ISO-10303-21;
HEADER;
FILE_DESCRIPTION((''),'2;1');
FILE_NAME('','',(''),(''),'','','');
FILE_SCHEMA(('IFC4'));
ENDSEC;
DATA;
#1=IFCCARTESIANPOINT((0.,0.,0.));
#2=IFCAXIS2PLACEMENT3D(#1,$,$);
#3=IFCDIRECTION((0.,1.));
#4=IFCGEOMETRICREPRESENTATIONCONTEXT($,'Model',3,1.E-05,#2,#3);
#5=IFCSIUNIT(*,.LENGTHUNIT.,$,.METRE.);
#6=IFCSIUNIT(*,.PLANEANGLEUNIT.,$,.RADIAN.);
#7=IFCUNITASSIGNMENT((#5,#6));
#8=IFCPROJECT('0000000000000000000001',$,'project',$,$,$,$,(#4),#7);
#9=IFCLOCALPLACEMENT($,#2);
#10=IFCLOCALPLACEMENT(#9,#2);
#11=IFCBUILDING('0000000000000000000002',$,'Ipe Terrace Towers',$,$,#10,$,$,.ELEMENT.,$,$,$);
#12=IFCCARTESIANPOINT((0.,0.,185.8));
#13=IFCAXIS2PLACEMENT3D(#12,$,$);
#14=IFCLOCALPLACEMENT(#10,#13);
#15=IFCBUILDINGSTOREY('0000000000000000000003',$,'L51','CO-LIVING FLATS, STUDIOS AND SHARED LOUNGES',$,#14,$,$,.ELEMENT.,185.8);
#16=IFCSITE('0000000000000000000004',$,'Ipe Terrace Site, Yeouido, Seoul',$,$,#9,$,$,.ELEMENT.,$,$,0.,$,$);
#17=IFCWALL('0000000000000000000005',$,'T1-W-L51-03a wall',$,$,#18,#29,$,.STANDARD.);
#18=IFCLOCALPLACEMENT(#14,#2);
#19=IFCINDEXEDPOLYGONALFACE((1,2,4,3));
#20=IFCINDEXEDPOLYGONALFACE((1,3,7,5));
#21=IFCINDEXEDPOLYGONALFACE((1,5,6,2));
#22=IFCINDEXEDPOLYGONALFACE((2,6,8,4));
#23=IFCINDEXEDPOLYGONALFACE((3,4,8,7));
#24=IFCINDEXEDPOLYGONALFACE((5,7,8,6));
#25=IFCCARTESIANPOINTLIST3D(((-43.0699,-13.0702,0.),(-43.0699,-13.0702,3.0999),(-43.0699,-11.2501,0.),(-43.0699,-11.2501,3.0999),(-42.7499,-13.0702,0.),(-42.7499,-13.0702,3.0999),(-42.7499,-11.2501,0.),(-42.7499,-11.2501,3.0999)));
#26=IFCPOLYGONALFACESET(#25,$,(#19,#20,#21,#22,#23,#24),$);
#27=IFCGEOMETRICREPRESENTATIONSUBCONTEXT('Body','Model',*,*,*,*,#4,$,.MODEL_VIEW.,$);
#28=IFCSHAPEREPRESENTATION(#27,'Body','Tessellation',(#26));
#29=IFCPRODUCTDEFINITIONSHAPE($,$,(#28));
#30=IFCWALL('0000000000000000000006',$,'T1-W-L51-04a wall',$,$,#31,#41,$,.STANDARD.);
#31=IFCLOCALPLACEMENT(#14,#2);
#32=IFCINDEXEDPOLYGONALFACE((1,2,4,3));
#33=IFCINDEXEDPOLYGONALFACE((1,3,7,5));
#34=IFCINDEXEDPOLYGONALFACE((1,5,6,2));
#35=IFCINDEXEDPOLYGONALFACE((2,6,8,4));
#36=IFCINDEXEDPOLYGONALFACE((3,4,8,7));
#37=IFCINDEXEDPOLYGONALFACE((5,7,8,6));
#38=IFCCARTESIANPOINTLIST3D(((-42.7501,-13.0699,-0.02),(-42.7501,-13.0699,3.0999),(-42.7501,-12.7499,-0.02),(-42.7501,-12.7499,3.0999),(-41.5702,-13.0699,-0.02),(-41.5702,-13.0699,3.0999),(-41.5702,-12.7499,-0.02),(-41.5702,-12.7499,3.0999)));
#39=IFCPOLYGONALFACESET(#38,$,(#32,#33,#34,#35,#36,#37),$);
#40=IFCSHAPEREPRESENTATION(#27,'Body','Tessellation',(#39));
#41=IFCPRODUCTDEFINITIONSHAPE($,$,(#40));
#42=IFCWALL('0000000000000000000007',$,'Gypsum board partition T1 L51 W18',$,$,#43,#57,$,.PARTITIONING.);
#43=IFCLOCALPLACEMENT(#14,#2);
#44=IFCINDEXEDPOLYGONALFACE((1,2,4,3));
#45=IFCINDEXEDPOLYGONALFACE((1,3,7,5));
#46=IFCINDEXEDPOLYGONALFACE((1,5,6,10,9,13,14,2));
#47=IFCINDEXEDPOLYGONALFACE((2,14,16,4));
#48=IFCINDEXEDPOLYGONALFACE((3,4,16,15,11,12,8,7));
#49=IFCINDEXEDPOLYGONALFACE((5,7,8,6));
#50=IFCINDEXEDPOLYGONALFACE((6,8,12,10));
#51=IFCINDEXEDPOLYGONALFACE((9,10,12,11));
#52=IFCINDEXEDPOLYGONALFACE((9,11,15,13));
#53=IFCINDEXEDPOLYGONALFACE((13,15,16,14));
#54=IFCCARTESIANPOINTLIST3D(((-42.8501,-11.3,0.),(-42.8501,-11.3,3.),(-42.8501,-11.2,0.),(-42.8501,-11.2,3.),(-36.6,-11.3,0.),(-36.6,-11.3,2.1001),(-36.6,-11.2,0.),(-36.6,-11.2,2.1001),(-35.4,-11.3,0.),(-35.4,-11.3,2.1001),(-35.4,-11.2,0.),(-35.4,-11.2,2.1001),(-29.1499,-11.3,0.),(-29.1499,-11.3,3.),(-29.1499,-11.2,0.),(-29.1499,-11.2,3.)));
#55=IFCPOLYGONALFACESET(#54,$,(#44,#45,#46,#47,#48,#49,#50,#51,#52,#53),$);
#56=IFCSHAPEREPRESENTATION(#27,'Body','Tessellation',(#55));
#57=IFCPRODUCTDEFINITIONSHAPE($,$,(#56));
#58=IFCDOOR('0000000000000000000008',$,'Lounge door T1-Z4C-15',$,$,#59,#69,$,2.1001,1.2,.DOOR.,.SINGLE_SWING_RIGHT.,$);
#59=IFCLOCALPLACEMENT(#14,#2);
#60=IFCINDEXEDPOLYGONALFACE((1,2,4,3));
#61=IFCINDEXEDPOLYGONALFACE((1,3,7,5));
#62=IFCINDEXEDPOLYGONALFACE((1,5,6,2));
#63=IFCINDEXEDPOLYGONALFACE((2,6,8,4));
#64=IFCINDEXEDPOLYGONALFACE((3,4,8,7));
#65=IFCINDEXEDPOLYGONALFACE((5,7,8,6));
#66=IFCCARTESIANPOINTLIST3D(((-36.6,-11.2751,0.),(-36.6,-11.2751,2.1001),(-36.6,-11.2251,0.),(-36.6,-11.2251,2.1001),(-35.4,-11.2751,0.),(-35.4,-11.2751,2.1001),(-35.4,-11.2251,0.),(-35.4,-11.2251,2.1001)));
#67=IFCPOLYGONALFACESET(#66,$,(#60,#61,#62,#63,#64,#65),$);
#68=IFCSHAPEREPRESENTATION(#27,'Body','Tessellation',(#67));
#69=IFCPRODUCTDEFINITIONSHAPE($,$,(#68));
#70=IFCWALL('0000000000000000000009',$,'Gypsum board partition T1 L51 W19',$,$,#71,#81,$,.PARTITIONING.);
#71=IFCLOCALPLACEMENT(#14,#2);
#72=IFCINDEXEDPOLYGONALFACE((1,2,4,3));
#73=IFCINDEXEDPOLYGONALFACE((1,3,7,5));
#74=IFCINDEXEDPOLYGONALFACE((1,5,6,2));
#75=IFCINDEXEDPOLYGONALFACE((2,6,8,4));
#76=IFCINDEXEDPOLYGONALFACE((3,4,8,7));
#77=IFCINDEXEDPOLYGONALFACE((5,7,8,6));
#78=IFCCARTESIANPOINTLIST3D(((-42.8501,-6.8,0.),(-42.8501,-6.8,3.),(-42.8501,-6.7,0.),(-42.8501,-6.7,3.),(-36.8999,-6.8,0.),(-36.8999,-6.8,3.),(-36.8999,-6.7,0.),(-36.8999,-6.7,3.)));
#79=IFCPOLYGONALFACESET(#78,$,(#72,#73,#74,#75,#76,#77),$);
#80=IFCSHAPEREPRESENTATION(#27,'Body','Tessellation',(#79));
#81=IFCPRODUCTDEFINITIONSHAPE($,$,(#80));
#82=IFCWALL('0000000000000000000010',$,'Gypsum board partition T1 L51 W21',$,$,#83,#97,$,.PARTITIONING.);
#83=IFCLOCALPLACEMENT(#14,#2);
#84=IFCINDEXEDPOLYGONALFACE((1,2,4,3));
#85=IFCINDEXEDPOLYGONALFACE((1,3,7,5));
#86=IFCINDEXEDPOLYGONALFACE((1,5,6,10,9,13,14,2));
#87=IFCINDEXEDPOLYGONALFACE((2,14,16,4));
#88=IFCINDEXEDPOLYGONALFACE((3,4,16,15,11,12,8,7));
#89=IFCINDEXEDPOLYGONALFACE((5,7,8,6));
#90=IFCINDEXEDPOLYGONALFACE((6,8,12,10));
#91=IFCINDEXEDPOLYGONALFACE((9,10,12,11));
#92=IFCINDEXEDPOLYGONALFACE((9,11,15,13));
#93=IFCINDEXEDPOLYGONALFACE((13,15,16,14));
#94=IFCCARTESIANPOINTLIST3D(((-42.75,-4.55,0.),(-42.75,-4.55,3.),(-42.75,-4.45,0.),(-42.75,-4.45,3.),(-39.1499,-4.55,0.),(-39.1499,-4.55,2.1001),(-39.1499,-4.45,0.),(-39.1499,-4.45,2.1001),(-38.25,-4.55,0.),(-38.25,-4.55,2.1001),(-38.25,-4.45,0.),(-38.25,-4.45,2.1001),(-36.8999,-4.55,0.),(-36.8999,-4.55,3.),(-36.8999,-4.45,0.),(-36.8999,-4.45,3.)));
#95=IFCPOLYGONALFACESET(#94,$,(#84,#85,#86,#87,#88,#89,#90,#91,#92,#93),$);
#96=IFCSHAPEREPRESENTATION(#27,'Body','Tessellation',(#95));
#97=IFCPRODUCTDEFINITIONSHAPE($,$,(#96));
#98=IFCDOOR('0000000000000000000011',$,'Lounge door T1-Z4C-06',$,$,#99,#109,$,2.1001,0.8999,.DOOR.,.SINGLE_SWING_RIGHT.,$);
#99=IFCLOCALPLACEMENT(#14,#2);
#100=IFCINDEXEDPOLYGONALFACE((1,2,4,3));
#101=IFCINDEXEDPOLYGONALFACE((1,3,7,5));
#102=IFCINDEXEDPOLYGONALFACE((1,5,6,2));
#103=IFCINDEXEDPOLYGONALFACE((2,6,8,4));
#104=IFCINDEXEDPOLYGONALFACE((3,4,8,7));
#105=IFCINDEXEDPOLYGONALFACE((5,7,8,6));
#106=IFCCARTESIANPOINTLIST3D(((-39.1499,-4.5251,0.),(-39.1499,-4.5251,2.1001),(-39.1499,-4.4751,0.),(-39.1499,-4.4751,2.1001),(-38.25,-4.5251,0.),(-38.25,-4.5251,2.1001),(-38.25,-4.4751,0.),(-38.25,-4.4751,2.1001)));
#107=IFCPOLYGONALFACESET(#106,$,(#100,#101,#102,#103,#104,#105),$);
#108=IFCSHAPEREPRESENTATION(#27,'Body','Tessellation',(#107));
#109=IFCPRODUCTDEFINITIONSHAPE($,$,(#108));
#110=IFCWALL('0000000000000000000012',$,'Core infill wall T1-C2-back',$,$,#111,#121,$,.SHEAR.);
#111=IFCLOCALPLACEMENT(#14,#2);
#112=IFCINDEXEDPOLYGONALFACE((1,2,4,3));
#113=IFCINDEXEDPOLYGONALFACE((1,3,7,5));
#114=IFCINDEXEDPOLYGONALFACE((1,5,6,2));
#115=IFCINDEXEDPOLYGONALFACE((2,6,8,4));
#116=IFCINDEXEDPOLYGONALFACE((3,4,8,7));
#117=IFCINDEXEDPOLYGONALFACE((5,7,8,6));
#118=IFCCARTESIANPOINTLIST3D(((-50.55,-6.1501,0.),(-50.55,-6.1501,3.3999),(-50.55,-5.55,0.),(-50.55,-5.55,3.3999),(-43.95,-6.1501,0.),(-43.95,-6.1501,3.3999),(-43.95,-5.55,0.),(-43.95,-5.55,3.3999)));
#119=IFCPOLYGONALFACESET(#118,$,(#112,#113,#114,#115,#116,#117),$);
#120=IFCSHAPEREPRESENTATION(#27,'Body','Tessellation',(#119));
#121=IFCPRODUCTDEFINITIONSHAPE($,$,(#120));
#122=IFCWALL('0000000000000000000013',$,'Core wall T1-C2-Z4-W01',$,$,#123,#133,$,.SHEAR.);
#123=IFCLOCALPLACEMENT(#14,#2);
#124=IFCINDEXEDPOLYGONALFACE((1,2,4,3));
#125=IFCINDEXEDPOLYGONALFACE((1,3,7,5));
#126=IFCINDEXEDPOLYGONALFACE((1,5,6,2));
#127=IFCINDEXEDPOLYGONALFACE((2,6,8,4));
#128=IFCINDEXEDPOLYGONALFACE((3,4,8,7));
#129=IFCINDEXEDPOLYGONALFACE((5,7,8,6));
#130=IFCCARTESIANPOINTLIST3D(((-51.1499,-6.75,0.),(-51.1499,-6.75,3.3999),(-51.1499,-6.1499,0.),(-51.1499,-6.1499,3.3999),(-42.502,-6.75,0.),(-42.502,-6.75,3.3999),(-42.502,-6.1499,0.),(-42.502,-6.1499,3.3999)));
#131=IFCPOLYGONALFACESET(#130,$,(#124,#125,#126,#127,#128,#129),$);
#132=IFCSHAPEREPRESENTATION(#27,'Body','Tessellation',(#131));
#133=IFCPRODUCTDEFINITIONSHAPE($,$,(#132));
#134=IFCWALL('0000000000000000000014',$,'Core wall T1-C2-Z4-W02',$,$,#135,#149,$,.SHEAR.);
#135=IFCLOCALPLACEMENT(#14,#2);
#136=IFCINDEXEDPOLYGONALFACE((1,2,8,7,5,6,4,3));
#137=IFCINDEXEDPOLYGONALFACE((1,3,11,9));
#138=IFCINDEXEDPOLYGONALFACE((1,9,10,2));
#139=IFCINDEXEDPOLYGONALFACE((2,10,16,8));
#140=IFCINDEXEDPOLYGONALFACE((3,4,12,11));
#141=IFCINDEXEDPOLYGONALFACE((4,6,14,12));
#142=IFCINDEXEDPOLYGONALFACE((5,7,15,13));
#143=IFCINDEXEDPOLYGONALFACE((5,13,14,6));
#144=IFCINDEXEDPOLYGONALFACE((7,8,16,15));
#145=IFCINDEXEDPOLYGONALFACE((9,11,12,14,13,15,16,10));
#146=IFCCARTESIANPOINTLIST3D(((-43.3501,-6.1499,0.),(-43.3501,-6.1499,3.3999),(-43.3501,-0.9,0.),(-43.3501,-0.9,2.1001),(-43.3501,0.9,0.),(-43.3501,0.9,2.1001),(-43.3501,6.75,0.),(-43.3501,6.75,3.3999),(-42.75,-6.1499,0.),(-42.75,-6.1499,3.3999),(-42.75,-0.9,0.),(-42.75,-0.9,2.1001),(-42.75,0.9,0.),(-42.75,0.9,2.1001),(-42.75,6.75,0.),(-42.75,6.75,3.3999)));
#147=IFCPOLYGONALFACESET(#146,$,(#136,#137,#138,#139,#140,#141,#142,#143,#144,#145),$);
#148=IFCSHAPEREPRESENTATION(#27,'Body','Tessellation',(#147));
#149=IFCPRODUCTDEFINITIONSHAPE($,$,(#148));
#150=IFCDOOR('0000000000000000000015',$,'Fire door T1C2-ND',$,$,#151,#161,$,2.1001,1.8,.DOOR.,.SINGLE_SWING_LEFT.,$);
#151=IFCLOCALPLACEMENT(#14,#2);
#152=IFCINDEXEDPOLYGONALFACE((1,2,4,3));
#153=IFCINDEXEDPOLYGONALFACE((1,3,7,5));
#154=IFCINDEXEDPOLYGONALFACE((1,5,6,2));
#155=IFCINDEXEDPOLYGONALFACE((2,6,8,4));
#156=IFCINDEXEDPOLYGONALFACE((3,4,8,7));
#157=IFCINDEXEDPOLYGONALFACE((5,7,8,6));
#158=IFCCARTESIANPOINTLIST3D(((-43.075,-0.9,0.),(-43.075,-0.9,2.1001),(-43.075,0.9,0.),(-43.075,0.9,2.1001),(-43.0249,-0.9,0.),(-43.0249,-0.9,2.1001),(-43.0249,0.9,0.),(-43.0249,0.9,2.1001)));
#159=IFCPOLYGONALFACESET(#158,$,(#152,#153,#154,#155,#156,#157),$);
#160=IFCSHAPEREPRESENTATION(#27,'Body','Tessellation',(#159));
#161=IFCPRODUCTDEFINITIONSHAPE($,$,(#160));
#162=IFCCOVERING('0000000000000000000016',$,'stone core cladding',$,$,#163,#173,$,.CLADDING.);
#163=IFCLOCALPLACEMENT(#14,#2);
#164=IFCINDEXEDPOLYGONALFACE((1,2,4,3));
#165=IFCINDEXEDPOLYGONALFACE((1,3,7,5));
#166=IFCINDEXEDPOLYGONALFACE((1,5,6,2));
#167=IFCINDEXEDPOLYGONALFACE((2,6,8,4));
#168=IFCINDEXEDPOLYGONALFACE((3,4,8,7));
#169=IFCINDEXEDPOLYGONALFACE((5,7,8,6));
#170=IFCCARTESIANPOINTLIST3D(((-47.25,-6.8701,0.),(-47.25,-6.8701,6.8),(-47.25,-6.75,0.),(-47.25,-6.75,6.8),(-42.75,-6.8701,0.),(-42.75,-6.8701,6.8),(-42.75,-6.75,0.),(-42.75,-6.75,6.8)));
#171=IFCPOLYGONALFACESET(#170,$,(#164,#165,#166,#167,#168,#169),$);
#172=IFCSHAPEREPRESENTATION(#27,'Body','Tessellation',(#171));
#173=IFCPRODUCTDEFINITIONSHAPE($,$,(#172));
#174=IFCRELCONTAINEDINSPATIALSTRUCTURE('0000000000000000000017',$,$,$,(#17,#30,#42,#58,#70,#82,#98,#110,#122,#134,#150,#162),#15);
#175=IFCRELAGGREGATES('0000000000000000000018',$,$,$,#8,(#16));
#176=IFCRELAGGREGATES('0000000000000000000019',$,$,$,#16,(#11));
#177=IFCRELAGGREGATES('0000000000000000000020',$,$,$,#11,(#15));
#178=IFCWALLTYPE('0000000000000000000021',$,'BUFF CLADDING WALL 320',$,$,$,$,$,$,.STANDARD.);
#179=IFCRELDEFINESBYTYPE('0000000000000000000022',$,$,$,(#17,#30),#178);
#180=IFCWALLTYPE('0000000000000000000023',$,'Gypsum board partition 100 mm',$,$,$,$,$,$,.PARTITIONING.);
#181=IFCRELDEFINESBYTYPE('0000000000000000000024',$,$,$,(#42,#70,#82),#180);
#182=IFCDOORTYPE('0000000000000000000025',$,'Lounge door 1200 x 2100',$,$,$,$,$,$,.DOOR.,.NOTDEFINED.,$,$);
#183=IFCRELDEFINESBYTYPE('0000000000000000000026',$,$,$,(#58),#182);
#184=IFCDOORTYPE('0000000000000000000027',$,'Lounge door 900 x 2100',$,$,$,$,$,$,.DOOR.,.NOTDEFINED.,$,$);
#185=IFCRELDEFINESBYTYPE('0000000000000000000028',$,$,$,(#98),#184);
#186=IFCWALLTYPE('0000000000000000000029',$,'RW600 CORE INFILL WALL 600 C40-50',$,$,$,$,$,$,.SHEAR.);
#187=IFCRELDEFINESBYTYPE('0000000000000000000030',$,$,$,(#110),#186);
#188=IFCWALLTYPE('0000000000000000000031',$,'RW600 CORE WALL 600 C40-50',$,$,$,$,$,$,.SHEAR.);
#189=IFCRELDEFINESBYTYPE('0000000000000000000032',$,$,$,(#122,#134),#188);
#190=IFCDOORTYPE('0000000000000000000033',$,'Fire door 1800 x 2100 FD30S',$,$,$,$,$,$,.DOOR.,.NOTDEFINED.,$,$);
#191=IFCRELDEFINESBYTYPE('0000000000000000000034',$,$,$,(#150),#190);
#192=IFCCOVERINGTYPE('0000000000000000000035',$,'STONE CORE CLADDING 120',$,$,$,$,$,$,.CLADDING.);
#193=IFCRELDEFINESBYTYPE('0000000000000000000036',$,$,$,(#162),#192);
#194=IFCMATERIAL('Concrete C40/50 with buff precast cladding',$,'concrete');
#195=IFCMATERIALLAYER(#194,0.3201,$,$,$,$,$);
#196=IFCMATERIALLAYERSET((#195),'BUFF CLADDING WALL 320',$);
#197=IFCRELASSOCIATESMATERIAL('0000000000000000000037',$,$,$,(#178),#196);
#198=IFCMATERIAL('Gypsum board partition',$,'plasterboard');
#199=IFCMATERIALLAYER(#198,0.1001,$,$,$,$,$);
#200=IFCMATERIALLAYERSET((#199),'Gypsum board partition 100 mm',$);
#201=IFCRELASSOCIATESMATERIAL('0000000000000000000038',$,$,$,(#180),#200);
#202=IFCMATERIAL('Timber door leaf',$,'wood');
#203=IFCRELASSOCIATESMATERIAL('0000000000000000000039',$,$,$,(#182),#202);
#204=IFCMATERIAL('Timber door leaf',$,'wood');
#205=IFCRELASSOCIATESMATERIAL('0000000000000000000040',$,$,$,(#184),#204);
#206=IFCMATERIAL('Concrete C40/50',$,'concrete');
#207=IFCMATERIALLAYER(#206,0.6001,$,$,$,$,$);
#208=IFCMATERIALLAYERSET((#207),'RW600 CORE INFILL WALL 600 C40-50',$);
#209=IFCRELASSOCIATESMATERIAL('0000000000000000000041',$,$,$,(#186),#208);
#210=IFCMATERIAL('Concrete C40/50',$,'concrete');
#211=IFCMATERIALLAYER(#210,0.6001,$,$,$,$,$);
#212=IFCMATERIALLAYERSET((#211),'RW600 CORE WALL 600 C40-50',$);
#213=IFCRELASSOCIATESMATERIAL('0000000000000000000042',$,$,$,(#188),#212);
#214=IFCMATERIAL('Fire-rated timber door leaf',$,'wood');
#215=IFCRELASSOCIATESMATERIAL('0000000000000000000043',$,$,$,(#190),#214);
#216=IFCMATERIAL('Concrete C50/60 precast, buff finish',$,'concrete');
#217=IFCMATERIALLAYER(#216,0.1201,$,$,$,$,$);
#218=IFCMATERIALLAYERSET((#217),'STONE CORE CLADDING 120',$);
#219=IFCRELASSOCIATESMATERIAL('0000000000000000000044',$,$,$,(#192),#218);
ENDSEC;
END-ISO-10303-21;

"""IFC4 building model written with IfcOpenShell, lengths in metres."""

from ifc_helpers import new_model, si_unit, direction, frame, frame_2d, origin, origin_2d, place, context, subcontext, project, spatial, rectangle, extrude, material, layer, layer_set, type_object, element, fill, save


model = new_model("IFC4")

# Units and contexts
model_context = context("Model", 3, precision=1e-05, world=origin(), true_north=direction((0.0, 1.0)))
body_context = subcontext(model_context, "Body", "Model", "MODEL_VIEW")
ifc_project = project(units=[si_unit("LENGTHUNIT", "METRE"), si_unit("PLANEANGLEUNIT", "RADIAN")], contexts=[model_context])

# Site, building, storey
site_placement = place(None, origin())
site = spatial("IfcSite", under=ifc_project, at=site_placement, Name="Ipe Terrace Site, Yeouido, Seoul", CompositionType="ELEMENT", RefElevation=0.0)
building_placement = place(site_placement, origin())
building = spatial("IfcBuilding", under=site, at=building_placement, Name="Ipe Terrace Towers", CompositionType="ELEMENT")
storey_placement = place(building_placement, frame((0.0, 0.0, 185.8)))
storey = spatial("IfcBuildingStorey", under=building, at=storey_placement, Name="L51", Description="CO-LIVING FLATS, STUDIOS AND SHARED LOUNGES", CompositionType="ELEMENT", Elevation=185.8)

# Walls
ifc_material_1 = material(Name="Concrete C40/50 with buff precast cladding", Category="concrete")
ifc_layer_1 = layer(ifc_material_1, 0.3201)
ifc_layer_set_1 = layer_set([ifc_layer_1], Name="BUFF CLADDING WALL 320")
wall_type_1 = type_object("IfcWallType", Name="BUFF CLADDING WALL 320", PredefinedType="STANDARD", material=ifc_layer_set_1)
wall_1_placement = place(storey_placement, frame((-42.9099, -11.25, 0.0), z_axis=(0.0, 0.0, 1.0), x_axis=(0.0, -1.0, 0.0)))
element("IfcWall", 1, at=wall_1_placement, inside=storey, type_object=wall_type_1, Name="T1-W-L51-03a wall", PredefinedType="STANDARD", context=body_context, shape_type="SweptSolid", body=[
    extrude(rectangle(XDim=1.8201, YDim=0.3201, at=frame_2d((0.9102, 0.0))), origin(), (0.0, 0.0, 1.0), 3.0999),
])
wall_2_placement = place(storey_placement, frame((-42.75, -12.9099, -0.02), z_axis=(0.0, 0.0, 1.0), x_axis=(1.0, 0.0, 0.0)))
element("IfcWall", 2, at=wall_2_placement, inside=storey, type_object=wall_type_1, Name="T1-W-L51-04a wall", PredefinedType="STANDARD", context=body_context, shape_type="SweptSolid", body=[
    extrude(rectangle(XDim=1.1799, YDim=0.3201, at=frame_2d((0.5898, 0.0))), origin(), (0.0, 0.0, 1.0), 3.1199),
])

# Wall, opening, door
ifc_material_2 = material(Name="Gypsum board partition", Category="plasterboard")
ifc_layer_2 = layer(ifc_material_2, 0.1001)
ifc_layer_set_2 = layer_set([ifc_layer_2], Name="Gypsum board partition 100 mm")
wall_type_2 = type_object("IfcWallType", Name="Gypsum board partition 100 mm", PredefinedType="PARTITIONING", material=ifc_layer_set_2)
wall_3_placement = place(storey_placement, frame((-42.8501, -11.25, 0.0), z_axis=(0.0, 0.0, 1.0), x_axis=(1.0, 0.0, 0.0)))
wall_3 = element("IfcWall", 3, at=wall_3_placement, inside=storey, type_object=wall_type_2, Name="Gypsum board partition T1 L51 W18", PredefinedType="PARTITIONING", context=body_context, shape_type="SweptSolid", body=[
    extrude(rectangle(XDim=13.7002, YDim=0.1001, at=frame_2d((6.8501, 0.0))), origin(), (0.0, 0.0, 1.0), 3.0),
])
opening_1_placement = place(wall_3_placement, frame((6.25, 0.0, 0.0)))
opening_1 = element("IfcOpeningElement", 4, at=opening_1_placement, cuts=wall_3, PredefinedType="OPENING", context=body_context, shape_type="SweptSolid", body=[
    extrude(rectangle(XDim=1.2, YDim=2.1001, at=frame_2d((0.6001, 1.05))), frame((0.0, 0.0601, 0.0), z_axis=(0.0, -1.0, 0.0), x_axis=(1.0, 0.0, 0.0)), (0.0, 0.0, 1.0), 0.1201),
])
ifc_material_3 = material(Name="Timber door leaf", Category="wood")
door_type_1 = type_object("IfcDoorType", Name="Lounge door 1200 x 2100", OperationType="NOTDEFINED", PredefinedType="DOOR", material=ifc_material_3)
door_1_placement = place(opening_1_placement, origin())
door_1 = element("IfcDoor", 5, at=door_1_placement, inside=storey, type_object=door_type_1, Name="Lounge door T1-Z4C-15", OperationType="SINGLE_SWING_RIGHT", OverallHeight=2.1001, OverallWidth=1.2, PredefinedType="DOOR", context=body_context, shape_type="SweptSolid", body=[
    extrude(rectangle(XDim=1.2, YDim=2.1001, at=frame_2d((0.6001, 1.05))), frame((0.0, 0.0249, 0.0), z_axis=(0.0, -1.0, 0.0), x_axis=(1.0, 0.0, 0.0)), (0.0, 0.0, 1.0), 0.05),
])
fill(opening_1, door_1)

# Wall
wall_4_placement = place(storey_placement, frame((-42.8501, -6.75, 0.0), z_axis=(0.0, 0.0, 1.0), x_axis=(1.0, 0.0, 0.0)))
element("IfcWall", 6, at=wall_4_placement, inside=storey, type_object=wall_type_2, Name="Gypsum board partition T1 L51 W19", PredefinedType="PARTITIONING", context=body_context, shape_type="SweptSolid", body=[
    extrude(rectangle(XDim=5.9502, YDim=0.1001, at=frame_2d((2.9751, 0.0))), origin(), (0.0, 0.0, 1.0), 3.0),
])

# Wall, opening, door
wall_5_placement = place(storey_placement, frame((-42.75, -4.5, 0.0), z_axis=(0.0, 0.0, 1.0), x_axis=(1.0, 0.0, 0.0)))
wall_5 = element("IfcWall", 7, at=wall_5_placement, inside=storey, type_object=wall_type_2, Name="Gypsum board partition T1 L51 W21", PredefinedType="PARTITIONING", context=body_context, shape_type="SweptSolid", body=[
    extrude(rectangle(XDim=5.8501, YDim=0.1001, at=frame_2d((2.925, 0.0))), origin(), (0.0, 0.0, 1.0), 3.0),
])
opening_2_placement = place(wall_5_placement, frame((3.6001, 0.0, 0.0)))
opening_2 = element("IfcOpeningElement", 8, at=opening_2_placement, cuts=wall_5, PredefinedType="OPENING", context=body_context, shape_type="SweptSolid", body=[
    extrude(rectangle(XDim=0.8999, YDim=2.1001, at=frame_2d((0.45, 1.05))), frame((0.0, 0.0601, 0.0), z_axis=(0.0, -1.0, 0.0), x_axis=(1.0, 0.0, 0.0)), (0.0, 0.0, 1.0), 0.1201),
])
ifc_material_4 = material(Name="Timber door leaf", Category="wood")
door_type_2 = type_object("IfcDoorType", Name="Lounge door 900 x 2100", OperationType="NOTDEFINED", PredefinedType="DOOR", material=ifc_material_4)
door_2_placement = place(opening_2_placement, origin())
door_2 = element("IfcDoor", 9, at=door_2_placement, inside=storey, type_object=door_type_2, Name="Lounge door T1-Z4C-06", OperationType="SINGLE_SWING_RIGHT", OverallHeight=2.1001, OverallWidth=0.8999, PredefinedType="DOOR", context=body_context, shape_type="SweptSolid", body=[
    extrude(rectangle(XDim=0.8999, YDim=2.1001, at=frame_2d((0.45, 1.05))), frame((0.0, 0.0249, 0.0), z_axis=(0.0, -1.0, 0.0), x_axis=(1.0, 0.0, 0.0)), (0.0, 0.0, 1.0), 0.05),
])
fill(opening_2, door_2)

# Walls
ifc_material_5 = material(Name="Concrete C40/50", Category="concrete")
ifc_layer_3 = layer(ifc_material_5, 0.6001)
ifc_layer_set_3 = layer_set([ifc_layer_3], Name="RW600 CORE INFILL WALL 600 C40-50")
wall_type_3 = type_object("IfcWallType", Name="RW600 CORE INFILL WALL 600 C40-50", PredefinedType="SHEAR", material=ifc_layer_set_3)
wall_6_placement = place(storey_placement, frame((-43.95, -5.8501, 0.0), z_axis=(0.0, 0.0, 1.0), x_axis=(-1.0, 0.0, 0.0)))
element("IfcWall", 10, at=wall_6_placement, inside=storey, type_object=wall_type_3, Name="Core infill wall T1-C2-back", PredefinedType="SHEAR", context=body_context, shape_type="SweptSolid", body=[
    extrude(rectangle(XDim=6.6001, YDim=0.6001, at=frame_2d((3.3, 0.0))), origin(), (0.0, 0.0, 1.0), 3.3999),
])
ifc_material_6 = material(Name="Concrete C40/50", Category="concrete")
ifc_layer_4 = layer(ifc_material_6, 0.6001)
ifc_layer_set_4 = layer_set([ifc_layer_4], Name="RW600 CORE WALL 600 C40-50")
wall_type_4 = type_object("IfcWallType", Name="RW600 CORE WALL 600 C40-50", PredefinedType="SHEAR", material=ifc_layer_set_4)
wall_7_placement = place(storey_placement, frame((-51.1499, -6.45, 0.0), z_axis=(0.0, 0.0, 1.0), x_axis=(1.0, 0.0, 0.0)))
element("IfcWall", 11, at=wall_7_placement, inside=storey, type_object=wall_type_4, Name="Core wall T1-C2-Z4-W01", PredefinedType="SHEAR", context=body_context, shape_type="SweptSolid", body=[
    extrude(rectangle(XDim=8.6479, YDim=0.6001, at=frame_2d((4.324, 0.0))), origin(), (0.0, 0.0, 1.0), 3.3999),
])

# Wall, opening, door
wall_8_placement = place(storey_placement, frame((-43.05, -6.1499, 0.0), z_axis=(0.0, 0.0, 1.0), x_axis=(0.0, 1.0, 0.0)))
wall_8 = element("IfcWall", 12, at=wall_8_placement, inside=storey, type_object=wall_type_4, Name="Core wall T1-C2-Z4-W02", PredefinedType="SHEAR", context=body_context, shape_type="SweptSolid", body=[
    extrude(rectangle(XDim=12.8999, YDim=0.6001, at=frame_2d((6.45, 0.0))), origin(), (0.0, 0.0, 1.0), 3.3999),
])
opening_3_placement = place(wall_8_placement, frame((5.25, 0.0, 0.0)))
opening_3 = element("IfcOpeningElement", 13, at=opening_3_placement, cuts=wall_8, PredefinedType="OPENING", context=body_context, shape_type="SweptSolid", body=[
    extrude(rectangle(XDim=1.8, YDim=2.1001, at=frame_2d((0.8999, 1.05))), frame((0.0, 0.3101, 0.0), z_axis=(0.0, -1.0, 0.0), x_axis=(1.0, 0.0, 0.0)), (0.0, 0.0, 1.0), 0.6201),
])
ifc_material_7 = material(Name="Fire-rated timber door leaf", Category="wood")
door_type_3 = type_object("IfcDoorType", Name="Fire door 1800 x 2100 FD30S", OperationType="NOTDEFINED", PredefinedType="DOOR", material=ifc_material_7)
door_3_placement = place(opening_3_placement, origin())
door_3 = element("IfcDoor", 14, at=door_3_placement, inside=storey, type_object=door_type_3, Name="Fire door T1C2-ND", OperationType="SINGLE_SWING_LEFT", OverallHeight=2.1001, OverallWidth=1.8, PredefinedType="DOOR", context=body_context, shape_type="SweptSolid", body=[
    extrude(rectangle(XDim=1.8, YDim=2.1001, at=frame_2d((0.8999, 1.05))), frame((0.0, 0.0249, 0.0), z_axis=(0.0, -1.0, 0.0), x_axis=(1.0, 0.0, 0.0)), (0.0, 0.0, 1.0), 0.05),
])
fill(opening_3, door_3)

# Covering
ifc_material_8 = material(Name="Concrete C50/60 precast, buff finish", Category="concrete")
ifc_layer_5 = layer(ifc_material_8, 0.1201)
ifc_layer_set_5 = layer_set([ifc_layer_5], Name="STONE CORE CLADDING 120")
covering_type = type_object("IfcCoveringType", Name="STONE CORE CLADDING 120", PredefinedType="CLADDING", material=ifc_layer_set_5)
covering_placement = place(storey_placement, frame((-45.0, -6.8101, 0.0), z_axis=(0.0, 0.0, 1.0), x_axis=(1.0, 0.0, 0.0)))
element("IfcCovering", 15, at=covering_placement, inside=storey, type_object=covering_type, Name="stone core cladding", PredefinedType="CLADDING", context=body_context, shape_type="SweptSolid", body=[
    extrude(rectangle(XDim=4.5, YDim=0.1201, at=origin_2d()), origin(), (0.0, 0.0, 1.0), 6.8),
])

save(model, "model.ifc")
